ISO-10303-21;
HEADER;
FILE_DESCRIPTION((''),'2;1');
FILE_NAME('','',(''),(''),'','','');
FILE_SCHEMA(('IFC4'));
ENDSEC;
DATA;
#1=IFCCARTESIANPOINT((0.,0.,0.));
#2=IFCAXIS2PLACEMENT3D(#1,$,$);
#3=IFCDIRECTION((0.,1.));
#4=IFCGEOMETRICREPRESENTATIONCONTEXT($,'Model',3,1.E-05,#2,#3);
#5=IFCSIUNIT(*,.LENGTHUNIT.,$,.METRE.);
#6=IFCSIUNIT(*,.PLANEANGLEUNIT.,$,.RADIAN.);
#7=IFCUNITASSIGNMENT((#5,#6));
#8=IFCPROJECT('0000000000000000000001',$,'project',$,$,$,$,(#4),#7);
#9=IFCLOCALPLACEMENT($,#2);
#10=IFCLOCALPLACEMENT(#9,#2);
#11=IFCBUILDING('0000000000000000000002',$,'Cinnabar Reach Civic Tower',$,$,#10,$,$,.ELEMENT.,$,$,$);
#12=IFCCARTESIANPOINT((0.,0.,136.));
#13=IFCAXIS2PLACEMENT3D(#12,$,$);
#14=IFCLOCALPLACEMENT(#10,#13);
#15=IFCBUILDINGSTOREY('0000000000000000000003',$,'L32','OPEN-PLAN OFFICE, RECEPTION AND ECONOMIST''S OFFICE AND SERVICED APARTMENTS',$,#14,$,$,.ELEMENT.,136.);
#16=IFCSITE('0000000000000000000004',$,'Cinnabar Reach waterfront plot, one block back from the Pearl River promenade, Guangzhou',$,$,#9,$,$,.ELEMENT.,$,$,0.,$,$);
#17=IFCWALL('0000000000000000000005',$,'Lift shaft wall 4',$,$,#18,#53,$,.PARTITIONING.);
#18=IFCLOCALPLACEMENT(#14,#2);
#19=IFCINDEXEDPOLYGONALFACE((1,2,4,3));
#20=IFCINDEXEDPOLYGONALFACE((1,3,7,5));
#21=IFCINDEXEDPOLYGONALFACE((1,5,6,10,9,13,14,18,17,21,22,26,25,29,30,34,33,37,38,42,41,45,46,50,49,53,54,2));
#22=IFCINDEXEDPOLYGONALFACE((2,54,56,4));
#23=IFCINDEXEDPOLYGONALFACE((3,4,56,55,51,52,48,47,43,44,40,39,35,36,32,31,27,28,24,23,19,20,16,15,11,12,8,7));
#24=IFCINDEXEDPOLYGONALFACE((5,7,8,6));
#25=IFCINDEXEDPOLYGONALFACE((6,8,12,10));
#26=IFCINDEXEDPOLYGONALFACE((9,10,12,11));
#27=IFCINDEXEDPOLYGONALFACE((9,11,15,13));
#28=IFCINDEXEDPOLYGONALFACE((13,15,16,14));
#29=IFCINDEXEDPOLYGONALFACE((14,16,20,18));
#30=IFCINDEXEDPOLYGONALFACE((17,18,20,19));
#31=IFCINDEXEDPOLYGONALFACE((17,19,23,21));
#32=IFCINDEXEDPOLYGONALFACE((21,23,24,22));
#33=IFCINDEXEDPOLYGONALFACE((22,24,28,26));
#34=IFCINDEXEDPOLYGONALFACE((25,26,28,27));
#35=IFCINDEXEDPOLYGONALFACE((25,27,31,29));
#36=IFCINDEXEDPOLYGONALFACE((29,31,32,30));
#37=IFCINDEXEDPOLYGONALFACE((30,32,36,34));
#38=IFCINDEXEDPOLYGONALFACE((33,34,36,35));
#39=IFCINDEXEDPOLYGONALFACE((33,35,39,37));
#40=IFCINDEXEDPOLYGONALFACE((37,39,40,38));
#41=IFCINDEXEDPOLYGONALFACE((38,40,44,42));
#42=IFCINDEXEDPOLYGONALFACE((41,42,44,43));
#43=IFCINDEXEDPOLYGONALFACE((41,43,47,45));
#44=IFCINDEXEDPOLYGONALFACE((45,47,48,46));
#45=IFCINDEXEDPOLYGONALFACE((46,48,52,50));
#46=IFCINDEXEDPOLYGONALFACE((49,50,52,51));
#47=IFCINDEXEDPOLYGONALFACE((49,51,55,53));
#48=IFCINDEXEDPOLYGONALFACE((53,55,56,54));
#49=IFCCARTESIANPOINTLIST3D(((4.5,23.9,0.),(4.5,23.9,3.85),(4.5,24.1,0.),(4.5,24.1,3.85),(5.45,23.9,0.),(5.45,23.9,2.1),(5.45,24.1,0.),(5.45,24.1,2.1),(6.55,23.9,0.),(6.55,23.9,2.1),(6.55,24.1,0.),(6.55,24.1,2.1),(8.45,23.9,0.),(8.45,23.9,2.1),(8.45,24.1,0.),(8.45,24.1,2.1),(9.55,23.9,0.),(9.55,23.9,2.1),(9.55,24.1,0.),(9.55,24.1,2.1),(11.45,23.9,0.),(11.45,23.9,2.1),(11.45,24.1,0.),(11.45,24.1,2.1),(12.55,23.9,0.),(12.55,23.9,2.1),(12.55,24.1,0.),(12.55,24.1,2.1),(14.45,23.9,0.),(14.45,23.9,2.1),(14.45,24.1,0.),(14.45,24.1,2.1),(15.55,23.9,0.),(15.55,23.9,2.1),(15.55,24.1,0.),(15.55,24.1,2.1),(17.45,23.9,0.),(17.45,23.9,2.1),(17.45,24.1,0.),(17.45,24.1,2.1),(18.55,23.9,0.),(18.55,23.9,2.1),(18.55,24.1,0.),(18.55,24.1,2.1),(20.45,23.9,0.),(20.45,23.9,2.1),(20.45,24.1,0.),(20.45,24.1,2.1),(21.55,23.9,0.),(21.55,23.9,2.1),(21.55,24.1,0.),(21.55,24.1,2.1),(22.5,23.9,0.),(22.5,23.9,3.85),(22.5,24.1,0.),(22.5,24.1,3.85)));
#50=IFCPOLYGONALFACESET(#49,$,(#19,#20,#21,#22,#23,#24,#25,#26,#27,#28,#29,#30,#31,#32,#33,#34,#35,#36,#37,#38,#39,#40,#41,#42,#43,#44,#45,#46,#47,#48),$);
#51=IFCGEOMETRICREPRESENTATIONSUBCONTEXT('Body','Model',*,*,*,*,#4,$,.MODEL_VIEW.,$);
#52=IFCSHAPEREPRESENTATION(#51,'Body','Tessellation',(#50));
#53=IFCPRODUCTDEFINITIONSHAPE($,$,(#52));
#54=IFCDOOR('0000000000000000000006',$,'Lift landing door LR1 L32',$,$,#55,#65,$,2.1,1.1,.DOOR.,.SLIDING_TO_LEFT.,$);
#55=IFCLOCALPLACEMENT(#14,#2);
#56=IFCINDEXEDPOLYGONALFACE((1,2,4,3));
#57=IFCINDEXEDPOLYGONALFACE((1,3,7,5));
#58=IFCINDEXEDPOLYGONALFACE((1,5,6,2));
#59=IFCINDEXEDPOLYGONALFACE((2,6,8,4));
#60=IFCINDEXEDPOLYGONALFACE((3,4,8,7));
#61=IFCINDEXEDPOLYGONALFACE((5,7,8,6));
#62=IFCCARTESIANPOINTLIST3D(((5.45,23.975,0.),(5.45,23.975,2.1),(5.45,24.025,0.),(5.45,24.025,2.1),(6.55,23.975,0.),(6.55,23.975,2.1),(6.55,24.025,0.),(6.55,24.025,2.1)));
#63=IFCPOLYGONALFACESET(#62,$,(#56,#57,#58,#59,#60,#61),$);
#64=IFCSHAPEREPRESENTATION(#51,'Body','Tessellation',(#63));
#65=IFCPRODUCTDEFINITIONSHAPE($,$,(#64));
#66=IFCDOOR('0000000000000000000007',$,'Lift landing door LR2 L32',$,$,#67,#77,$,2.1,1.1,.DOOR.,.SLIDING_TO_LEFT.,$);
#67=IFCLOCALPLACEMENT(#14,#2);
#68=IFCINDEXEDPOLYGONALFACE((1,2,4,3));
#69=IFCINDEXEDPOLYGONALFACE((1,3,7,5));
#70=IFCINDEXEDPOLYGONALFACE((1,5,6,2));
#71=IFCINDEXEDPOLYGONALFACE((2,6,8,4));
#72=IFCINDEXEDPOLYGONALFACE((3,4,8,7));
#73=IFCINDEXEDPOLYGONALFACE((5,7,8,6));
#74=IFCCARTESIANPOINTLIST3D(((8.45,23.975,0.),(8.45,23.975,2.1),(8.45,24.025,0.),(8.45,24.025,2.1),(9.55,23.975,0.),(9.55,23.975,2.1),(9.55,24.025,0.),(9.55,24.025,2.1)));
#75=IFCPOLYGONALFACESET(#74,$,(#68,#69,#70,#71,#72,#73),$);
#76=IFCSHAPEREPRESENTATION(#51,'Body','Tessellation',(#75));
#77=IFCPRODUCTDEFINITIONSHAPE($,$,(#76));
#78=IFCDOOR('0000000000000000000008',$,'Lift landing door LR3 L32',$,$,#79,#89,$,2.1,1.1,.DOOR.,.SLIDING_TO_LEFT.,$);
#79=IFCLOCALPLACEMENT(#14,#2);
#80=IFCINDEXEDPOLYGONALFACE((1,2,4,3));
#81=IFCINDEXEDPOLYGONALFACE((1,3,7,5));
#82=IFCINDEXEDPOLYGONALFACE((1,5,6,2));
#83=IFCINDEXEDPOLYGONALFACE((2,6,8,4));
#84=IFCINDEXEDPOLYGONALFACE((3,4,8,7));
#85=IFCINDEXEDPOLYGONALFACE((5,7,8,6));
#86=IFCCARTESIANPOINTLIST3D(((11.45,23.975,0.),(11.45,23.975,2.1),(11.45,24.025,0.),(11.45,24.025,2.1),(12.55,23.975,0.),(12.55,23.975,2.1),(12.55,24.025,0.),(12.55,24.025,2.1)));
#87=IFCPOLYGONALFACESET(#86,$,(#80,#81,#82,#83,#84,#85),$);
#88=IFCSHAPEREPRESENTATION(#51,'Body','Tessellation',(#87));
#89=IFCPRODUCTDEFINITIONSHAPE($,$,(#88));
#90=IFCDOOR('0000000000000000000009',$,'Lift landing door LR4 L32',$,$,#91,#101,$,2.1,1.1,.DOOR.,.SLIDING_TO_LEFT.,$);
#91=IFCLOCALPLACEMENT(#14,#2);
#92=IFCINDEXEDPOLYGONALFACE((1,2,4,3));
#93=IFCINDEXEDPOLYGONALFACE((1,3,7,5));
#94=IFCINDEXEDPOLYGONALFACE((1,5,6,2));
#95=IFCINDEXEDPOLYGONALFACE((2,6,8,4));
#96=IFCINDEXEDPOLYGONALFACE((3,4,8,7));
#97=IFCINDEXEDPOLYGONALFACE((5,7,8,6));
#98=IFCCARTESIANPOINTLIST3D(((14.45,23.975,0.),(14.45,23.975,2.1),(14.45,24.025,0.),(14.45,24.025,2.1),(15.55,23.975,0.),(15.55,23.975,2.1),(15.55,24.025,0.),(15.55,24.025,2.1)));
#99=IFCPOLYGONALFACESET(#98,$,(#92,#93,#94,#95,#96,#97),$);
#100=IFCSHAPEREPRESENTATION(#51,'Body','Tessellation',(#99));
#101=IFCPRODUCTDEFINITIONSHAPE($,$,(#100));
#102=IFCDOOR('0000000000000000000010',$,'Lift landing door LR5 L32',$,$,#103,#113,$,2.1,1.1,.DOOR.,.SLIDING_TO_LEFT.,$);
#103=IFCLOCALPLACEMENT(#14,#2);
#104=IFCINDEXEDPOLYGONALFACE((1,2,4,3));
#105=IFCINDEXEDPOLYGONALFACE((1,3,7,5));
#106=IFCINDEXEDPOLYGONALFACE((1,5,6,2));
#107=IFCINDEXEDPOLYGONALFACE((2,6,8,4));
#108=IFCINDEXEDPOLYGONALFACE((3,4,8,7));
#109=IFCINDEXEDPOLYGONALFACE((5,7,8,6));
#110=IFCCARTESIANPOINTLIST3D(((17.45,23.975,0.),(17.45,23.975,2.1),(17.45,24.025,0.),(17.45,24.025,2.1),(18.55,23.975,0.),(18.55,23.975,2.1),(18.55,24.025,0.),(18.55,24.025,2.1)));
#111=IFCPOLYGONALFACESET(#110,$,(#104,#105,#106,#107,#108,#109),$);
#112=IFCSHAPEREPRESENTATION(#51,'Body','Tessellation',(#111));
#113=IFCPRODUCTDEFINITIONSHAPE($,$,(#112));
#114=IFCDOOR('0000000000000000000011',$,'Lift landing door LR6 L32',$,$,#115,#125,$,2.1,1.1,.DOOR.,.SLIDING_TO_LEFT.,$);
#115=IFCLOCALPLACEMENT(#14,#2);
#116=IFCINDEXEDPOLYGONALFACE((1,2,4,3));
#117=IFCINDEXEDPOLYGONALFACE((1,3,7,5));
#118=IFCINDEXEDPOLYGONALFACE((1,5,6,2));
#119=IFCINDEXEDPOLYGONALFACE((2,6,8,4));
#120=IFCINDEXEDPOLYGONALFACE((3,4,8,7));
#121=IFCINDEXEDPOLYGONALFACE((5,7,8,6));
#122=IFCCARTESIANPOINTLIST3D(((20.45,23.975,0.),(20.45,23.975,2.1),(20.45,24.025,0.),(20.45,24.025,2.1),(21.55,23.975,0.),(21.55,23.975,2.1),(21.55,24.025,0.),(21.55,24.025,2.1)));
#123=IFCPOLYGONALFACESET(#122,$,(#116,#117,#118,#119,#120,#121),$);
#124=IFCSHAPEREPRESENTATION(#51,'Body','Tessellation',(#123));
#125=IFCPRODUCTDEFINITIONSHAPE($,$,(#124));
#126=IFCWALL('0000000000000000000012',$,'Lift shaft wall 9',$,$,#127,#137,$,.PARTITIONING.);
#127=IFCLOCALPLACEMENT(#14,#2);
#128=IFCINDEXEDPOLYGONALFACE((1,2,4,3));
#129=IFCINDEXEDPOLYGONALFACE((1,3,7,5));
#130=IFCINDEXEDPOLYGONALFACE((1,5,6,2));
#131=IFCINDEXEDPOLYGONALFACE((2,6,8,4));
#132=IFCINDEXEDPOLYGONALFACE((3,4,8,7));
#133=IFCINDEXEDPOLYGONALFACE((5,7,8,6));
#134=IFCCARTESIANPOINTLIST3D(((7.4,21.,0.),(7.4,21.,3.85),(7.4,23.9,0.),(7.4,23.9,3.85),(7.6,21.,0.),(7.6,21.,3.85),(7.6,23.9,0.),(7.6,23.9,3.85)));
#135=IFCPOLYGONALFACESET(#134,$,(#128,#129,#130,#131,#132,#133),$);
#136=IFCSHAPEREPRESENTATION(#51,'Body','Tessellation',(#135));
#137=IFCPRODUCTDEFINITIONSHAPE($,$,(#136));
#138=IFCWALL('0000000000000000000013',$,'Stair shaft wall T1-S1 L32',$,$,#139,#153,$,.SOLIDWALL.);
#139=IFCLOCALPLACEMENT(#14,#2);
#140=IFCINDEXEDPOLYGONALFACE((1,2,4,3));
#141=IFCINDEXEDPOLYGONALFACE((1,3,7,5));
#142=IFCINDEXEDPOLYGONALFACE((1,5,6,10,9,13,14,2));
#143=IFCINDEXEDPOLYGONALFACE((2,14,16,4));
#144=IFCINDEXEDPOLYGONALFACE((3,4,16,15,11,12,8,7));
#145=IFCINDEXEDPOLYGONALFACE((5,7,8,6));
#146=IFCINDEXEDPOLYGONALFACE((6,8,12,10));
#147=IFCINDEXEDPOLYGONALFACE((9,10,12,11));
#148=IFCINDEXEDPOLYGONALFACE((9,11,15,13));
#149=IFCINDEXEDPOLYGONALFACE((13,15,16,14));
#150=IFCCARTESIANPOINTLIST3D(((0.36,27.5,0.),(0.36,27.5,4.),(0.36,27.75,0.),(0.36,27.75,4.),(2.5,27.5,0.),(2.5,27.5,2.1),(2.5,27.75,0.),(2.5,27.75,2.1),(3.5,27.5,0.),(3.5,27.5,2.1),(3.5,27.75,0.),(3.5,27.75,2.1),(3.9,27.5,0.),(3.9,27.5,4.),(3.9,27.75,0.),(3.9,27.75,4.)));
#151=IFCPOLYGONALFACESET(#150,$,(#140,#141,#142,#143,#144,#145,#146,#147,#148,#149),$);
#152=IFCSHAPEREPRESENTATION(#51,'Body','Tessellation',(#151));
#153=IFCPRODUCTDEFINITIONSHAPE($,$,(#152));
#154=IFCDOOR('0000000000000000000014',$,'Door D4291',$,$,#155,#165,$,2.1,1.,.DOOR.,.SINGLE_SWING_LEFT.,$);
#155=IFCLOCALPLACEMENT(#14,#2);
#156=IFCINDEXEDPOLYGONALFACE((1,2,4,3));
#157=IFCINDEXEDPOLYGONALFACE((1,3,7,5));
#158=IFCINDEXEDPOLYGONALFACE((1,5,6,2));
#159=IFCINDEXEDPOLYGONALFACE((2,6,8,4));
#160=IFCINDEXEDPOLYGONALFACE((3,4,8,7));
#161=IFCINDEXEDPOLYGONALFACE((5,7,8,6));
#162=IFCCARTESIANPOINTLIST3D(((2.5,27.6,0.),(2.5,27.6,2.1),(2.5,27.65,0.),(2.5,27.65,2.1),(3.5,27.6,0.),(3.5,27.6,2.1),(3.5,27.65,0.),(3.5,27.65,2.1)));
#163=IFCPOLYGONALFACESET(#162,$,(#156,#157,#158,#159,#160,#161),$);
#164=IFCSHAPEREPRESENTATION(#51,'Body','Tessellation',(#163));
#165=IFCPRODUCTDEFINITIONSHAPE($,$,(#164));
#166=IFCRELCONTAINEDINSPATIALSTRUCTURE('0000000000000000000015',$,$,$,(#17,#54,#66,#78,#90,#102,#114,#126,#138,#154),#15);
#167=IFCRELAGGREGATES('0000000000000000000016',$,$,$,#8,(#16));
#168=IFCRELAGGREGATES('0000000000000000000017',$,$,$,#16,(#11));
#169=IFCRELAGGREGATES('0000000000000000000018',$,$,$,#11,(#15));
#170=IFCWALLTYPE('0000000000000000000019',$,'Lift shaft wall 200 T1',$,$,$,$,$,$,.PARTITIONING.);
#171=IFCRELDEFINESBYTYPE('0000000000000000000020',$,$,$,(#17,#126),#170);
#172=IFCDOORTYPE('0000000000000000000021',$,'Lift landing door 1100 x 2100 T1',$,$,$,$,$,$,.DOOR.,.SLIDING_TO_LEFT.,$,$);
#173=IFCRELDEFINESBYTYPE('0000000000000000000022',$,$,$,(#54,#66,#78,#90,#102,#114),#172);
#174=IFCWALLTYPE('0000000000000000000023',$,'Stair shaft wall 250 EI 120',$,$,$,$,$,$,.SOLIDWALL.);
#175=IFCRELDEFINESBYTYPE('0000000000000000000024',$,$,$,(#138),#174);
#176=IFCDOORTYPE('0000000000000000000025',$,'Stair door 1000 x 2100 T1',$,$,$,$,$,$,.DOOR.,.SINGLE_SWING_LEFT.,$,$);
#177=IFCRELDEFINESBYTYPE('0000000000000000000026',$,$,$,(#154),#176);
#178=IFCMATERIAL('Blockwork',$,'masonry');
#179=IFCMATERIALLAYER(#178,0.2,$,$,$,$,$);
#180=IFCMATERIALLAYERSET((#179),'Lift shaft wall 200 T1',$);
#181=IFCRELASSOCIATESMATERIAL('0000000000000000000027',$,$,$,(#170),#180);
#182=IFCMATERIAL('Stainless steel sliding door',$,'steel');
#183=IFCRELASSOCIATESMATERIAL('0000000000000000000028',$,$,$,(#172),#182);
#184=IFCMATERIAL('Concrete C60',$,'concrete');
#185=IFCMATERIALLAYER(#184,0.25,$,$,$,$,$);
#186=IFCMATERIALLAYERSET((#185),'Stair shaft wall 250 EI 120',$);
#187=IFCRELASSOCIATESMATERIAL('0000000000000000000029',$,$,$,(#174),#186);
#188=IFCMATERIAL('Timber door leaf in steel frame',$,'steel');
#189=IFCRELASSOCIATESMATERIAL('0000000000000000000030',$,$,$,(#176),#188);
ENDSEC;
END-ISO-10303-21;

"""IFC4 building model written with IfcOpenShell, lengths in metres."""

from ifc_helpers import new_model, si_unit, direction, frame, frame_2d, origin, place, context, subcontext, project, spatial, rectangle, extrude, material, layer, layer_set, type_object, element, fill, save


model = new_model("IFC4")

# Units and contexts
model_context = context("Model", 3, precision=1e-05, world=origin(), true_north=direction((0.0, 1.0)))
body_context = subcontext(model_context, "Body", "Model", "MODEL_VIEW")
ifc_project = project(units=[si_unit("LENGTHUNIT", "METRE"), si_unit("PLANEANGLEUNIT", "RADIAN")], contexts=[model_context])

# Site, building, storey
site_placement = place(None, origin())
site = spatial("IfcSite", under=ifc_project, at=site_placement, Name="Cinnabar Reach waterfront plot, one block back from the Pearl River promenade, Guangzhou", CompositionType="ELEMENT", RefElevation=0.0)
building_placement = place(site_placement, origin())
building = spatial("IfcBuilding", under=site, at=building_placement, Name="Cinnabar Reach Civic Tower", CompositionType="ELEMENT")
storey_placement = place(building_placement, frame((0.0, 0.0, 136.0)))
storey = spatial("IfcBuildingStorey", under=building, at=storey_placement, Name="L32", Description="OPEN-PLAN OFFICE, RECEPTION AND ECONOMIST'S OFFICE AND SERVICED APARTMENTS", CompositionType="ELEMENT", Elevation=136.0)

# Shared definitions
ifc_material_1 = material(Name="Timber door leaf in steel frame", Category="steel")

# Wall, openings, doors
ifc_material_2 = material(Name="Blockwork", Category="masonry")
ifc_layer_1 = layer(ifc_material_2, 0.2)
ifc_layer_set_1 = layer_set([ifc_layer_1], Name="Lift shaft wall 200 T1")
wall_type_1 = type_object("IfcWallType", Name="Lift shaft wall 200 T1", PredefinedType="PARTITIONING", material=ifc_layer_set_1)
wall_1_placement = place(storey_placement, frame((4.5, 24.0, 0.0), z_axis=(0.0, 0.0, 1.0), x_axis=(1.0, 0.0, 0.0)))
wall_1 = element("IfcWall", 1, at=wall_1_placement, inside=storey, type_object=wall_type_1, Name="Lift shaft wall 4", PredefinedType="PARTITIONING", context=body_context, shape_type="SweptSolid", body=[
    extrude(rectangle(XDim=18.0, YDim=0.2, at=frame_2d((9.0, 0.0))), origin(), (0.0, 0.0, 1.0), 3.85),
])
opening_1_placement = place(wall_1_placement, frame((0.95, 0.0, 0.0)))
opening_1 = element("IfcOpeningElement", 2, at=opening_1_placement, cuts=wall_1, PredefinedType="OPENING", context=body_context, shape_type="SweptSolid", body=[
    extrude(rectangle(XDim=1.1, YDim=2.1, at=frame_2d((0.55, 1.05))), frame((0.0, 0.11, 0.0), z_axis=(0.0, -1.0, 0.0), x_axis=(1.0, 0.0, 0.0)), (0.0, 0.0, 1.0), 0.22),
])
opening_2_placement = place(wall_1_placement, frame((3.95, 0.0, 0.0)))
opening_2 = element("IfcOpeningElement", 3, at=opening_2_placement, cuts=wall_1, PredefinedType="OPENING", context=body_context, shape_type="SweptSolid", body=[
    extrude(rectangle(XDim=1.1, YDim=2.1, at=frame_2d((0.55, 1.05))), frame((0.0, 0.11, 0.0), z_axis=(0.0, -1.0, 0.0), x_axis=(1.0, 0.0, 0.0)), (0.0, 0.0, 1.0), 0.22),
])
opening_3_placement = place(wall_1_placement, frame((6.95, 0.0, 0.0)))
opening_3 = element("IfcOpeningElement", 4, at=opening_3_placement, cuts=wall_1, PredefinedType="OPENING", context=body_context, shape_type="SweptSolid", body=[
    extrude(rectangle(XDim=1.1, YDim=2.1, at=frame_2d((0.55, 1.05))), frame((0.0, 0.11, 0.0), z_axis=(0.0, -1.0, 0.0), x_axis=(1.0, 0.0, 0.0)), (0.0, 0.0, 1.0), 0.22),
])
opening_4_placement = place(wall_1_placement, frame((9.95, 0.0, 0.0)))
opening_4 = element("IfcOpeningElement", 5, at=opening_4_placement, cuts=wall_1, PredefinedType="OPENING", context=body_context, shape_type="SweptSolid", body=[
    extrude(rectangle(XDim=1.1, YDim=2.1, at=frame_2d((0.55, 1.05))), frame((0.0, 0.11, 0.0), z_axis=(0.0, -1.0, 0.0), x_axis=(1.0, 0.0, 0.0)), (0.0, 0.0, 1.0), 0.22),
])
opening_5_placement = place(wall_1_placement, frame((12.95, 0.0, 0.0)))
opening_5 = element("IfcOpeningElement", 6, at=opening_5_placement, cuts=wall_1, PredefinedType="OPENING", context=body_context, shape_type="SweptSolid", body=[
    extrude(rectangle(XDim=1.1, YDim=2.1, at=frame_2d((0.55, 1.05))), frame((0.0, 0.11, 0.0), z_axis=(0.0, -1.0, 0.0), x_axis=(1.0, 0.0, 0.0)), (0.0, 0.0, 1.0), 0.22),
])
opening_6_placement = place(wall_1_placement, frame((15.95, 0.0, 0.0)))
opening_6 = element("IfcOpeningElement", 7, at=opening_6_placement, cuts=wall_1, PredefinedType="OPENING", context=body_context, shape_type="SweptSolid", body=[
    extrude(rectangle(XDim=1.1, YDim=2.1, at=frame_2d((0.55, 1.05))), frame((0.0, 0.11, 0.0), z_axis=(0.0, -1.0, 0.0), x_axis=(1.0, 0.0, 0.0)), (0.0, 0.0, 1.0), 0.22),
])
ifc_material_3 = material(Name="Stainless steel sliding door", Category="steel")
door_type_1 = type_object("IfcDoorType", Name="Lift landing door 1100 x 2100 T1", OperationType="SLIDING_TO_LEFT", PredefinedType="DOOR", material=ifc_material_3)
door_1_placement = place(opening_1_placement, origin())
door_1 = element("IfcDoor", 8, at=door_1_placement, inside=storey, type_object=door_type_1, Name="Lift landing door LR1 L32", OperationType="SLIDING_TO_LEFT", OverallHeight=2.1, OverallWidth=1.1, PredefinedType="DOOR", context=body_context, shape_type="SweptSolid", body=[
    extrude(rectangle(XDim=1.1, YDim=2.1, at=frame_2d((0.55, 1.05))), frame((0.0, 0.025, 0.0), z_axis=(0.0, -1.0, 0.0), x_axis=(1.0, 0.0, 0.0)), (0.0, 0.0, 1.0), 0.05),
])
fill(opening_1, door_1)
door_2_placement = place(opening_2_placement, origin())
door_2 = element("IfcDoor", 9, at=door_2_placement, inside=storey, type_object=door_type_1, Name="Lift landing door LR2 L32", OperationType="SLIDING_TO_LEFT", OverallHeight=2.1, OverallWidth=1.1, PredefinedType="DOOR", context=body_context, shape_type="SweptSolid", body=[
    extrude(rectangle(XDim=1.1, YDim=2.1, at=frame_2d((0.55, 1.05))), frame((0.0, 0.025, 0.0), z_axis=(0.0, -1.0, 0.0), x_axis=(1.0, 0.0, 0.0)), (0.0, 0.0, 1.0), 0.05),
])
fill(opening_2, door_2)
door_3_placement = place(opening_3_placement, origin())
door_3 = element("IfcDoor", 10, at=door_3_placement, inside=storey, type_object=door_type_1, Name="Lift landing door LR3 L32", OperationType="SLIDING_TO_LEFT", OverallHeight=2.1, OverallWidth=1.1, PredefinedType="DOOR", context=body_context, shape_type="SweptSolid", body=[
    extrude(rectangle(XDim=1.1, YDim=2.1, at=frame_2d((0.55, 1.05))), frame((0.0, 0.025, 0.0), z_axis=(0.0, -1.0, 0.0), x_axis=(1.0, 0.0, 0.0)), (0.0, 0.0, 1.0), 0.05),
])
fill(opening_3, door_3)
door_4_placement = place(opening_4_placement, origin())
door_4 = element("IfcDoor", 11, at=door_4_placement, inside=storey, type_object=door_type_1, Name="Lift landing door LR4 L32", OperationType="SLIDING_TO_LEFT", OverallHeight=2.1, OverallWidth=1.1, PredefinedType="DOOR", context=body_context, shape_type="SweptSolid", body=[
    extrude(rectangle(XDim=1.1, YDim=2.1, at=frame_2d((0.55, 1.05))), frame((0.0, 0.025, 0.0), z_axis=(0.0, -1.0, 0.0), x_axis=(1.0, 0.0, 0.0)), (0.0, 0.0, 1.0), 0.05),
])
fill(opening_4, door_4)
door_5_placement = place(opening_5_placement, origin())
door_5 = element("IfcDoor", 12, at=door_5_placement, inside=storey, type_object=door_type_1, Name="Lift landing door LR5 L32", OperationType="SLIDING_TO_LEFT", OverallHeight=2.1, OverallWidth=1.1, PredefinedType="DOOR", context=body_context, shape_type="SweptSolid", body=[
    extrude(rectangle(XDim=1.1, YDim=2.1, at=frame_2d((0.55, 1.05))), frame((0.0, 0.025, 0.0), z_axis=(0.0, -1.0, 0.0), x_axis=(1.0, 0.0, 0.0)), (0.0, 0.0, 1.0), 0.05),
])
fill(opening_5, door_5)
door_6_placement = place(opening_6_placement, origin())
door_6 = element("IfcDoor", 13, at=door_6_placement, inside=storey, type_object=door_type_1, Name="Lift landing door LR6 L32", OperationType="SLIDING_TO_LEFT", OverallHeight=2.1, OverallWidth=1.1, PredefinedType="DOOR", context=body_context, shape_type="SweptSolid", body=[
    extrude(rectangle(XDim=1.1, YDim=2.1, at=frame_2d((0.55, 1.05))), frame((0.0, 0.025, 0.0), z_axis=(0.0, -1.0, 0.0), x_axis=(1.0, 0.0, 0.0)), (0.0, 0.0, 1.0), 0.05),
])
fill(opening_6, door_6)

# Wall
wall_2_placement = place(storey_placement, frame((7.5, 21.0, 0.0), z_axis=(0.0, 0.0, 1.0), x_axis=(0.0, 1.0, 0.0)))
element("IfcWall", 14, at=wall_2_placement, inside=storey, type_object=wall_type_1, Name="Lift shaft wall 9", PredefinedType="PARTITIONING", context=body_context, shape_type="SweptSolid", body=[
    extrude(rectangle(XDim=2.9, YDim=0.2, at=frame_2d((1.45, 0.0))), origin(), (0.0, 0.0, 1.0), 3.85),
])

# Wall, opening, door
ifc_material_4 = material(Name="Concrete C60", Category="concrete")
ifc_layer_2 = layer(ifc_material_4, 0.25)
ifc_layer_set_2 = layer_set([ifc_layer_2], Name="Stair shaft wall 250 EI 120")
wall_type_2 = type_object("IfcWallType", Name="Stair shaft wall 250 EI 120", PredefinedType="SOLIDWALL", material=ifc_layer_set_2)
wall_3_placement = place(storey_placement, frame((3.9, 27.625, 0.0), z_axis=(0.0, 0.0, 1.0), x_axis=(-1.0, 0.0, 0.0)))
wall_3 = element("IfcWall", 15, at=wall_3_placement, inside=storey, type_object=wall_type_2, Name="Stair shaft wall T1-S1 L32", PredefinedType="SOLIDWALL", context=body_context, shape_type="SweptSolid", body=[
    extrude(rectangle(XDim=3.54, YDim=0.25, at=frame_2d((1.77, 0.0))), origin(), (0.0, 0.0, 1.0), 4.0),
])
opening_7_placement = place(wall_3_placement, frame((0.4, 0.0, 0.0)))
opening_7 = element("IfcOpeningElement", 16, at=opening_7_placement, cuts=wall_3, PredefinedType="OPENING", context=body_context, shape_type="SweptSolid", body=[
    extrude(rectangle(XDim=1.0, YDim=2.1, at=frame_2d((0.5, 1.05))), frame((0.0, 0.135, 0.0), z_axis=(0.0, -1.0, 0.0), x_axis=(1.0, 0.0, 0.0)), (0.0, 0.0, 1.0), 0.27),
])
door_type_2 = type_object("IfcDoorType", Name="Stair door 1000 x 2100 T1", OperationType="SINGLE_SWING_LEFT", PredefinedType="DOOR", material=ifc_material_1)
door_7_placement = place(opening_7_placement, origin())
door_7 = element("IfcDoor", 17, at=door_7_placement, inside=storey, type_object=door_type_2, Name="Door D4291", OperationType="SINGLE_SWING_LEFT", OverallHeight=2.1, OverallWidth=1.0, PredefinedType="DOOR", context=body_context, shape_type="SweptSolid", body=[
    extrude(rectangle(XDim=1.0, YDim=2.1, at=frame_2d((0.5, 1.05))), frame((0.0, 0.025, 0.0), z_axis=(0.0, -1.0, 0.0), x_axis=(1.0, 0.0, 0.0)), (0.0, 0.0, 1.0), 0.05),
])
fill(opening_7, door_7)

save(model, "model.ifc")
